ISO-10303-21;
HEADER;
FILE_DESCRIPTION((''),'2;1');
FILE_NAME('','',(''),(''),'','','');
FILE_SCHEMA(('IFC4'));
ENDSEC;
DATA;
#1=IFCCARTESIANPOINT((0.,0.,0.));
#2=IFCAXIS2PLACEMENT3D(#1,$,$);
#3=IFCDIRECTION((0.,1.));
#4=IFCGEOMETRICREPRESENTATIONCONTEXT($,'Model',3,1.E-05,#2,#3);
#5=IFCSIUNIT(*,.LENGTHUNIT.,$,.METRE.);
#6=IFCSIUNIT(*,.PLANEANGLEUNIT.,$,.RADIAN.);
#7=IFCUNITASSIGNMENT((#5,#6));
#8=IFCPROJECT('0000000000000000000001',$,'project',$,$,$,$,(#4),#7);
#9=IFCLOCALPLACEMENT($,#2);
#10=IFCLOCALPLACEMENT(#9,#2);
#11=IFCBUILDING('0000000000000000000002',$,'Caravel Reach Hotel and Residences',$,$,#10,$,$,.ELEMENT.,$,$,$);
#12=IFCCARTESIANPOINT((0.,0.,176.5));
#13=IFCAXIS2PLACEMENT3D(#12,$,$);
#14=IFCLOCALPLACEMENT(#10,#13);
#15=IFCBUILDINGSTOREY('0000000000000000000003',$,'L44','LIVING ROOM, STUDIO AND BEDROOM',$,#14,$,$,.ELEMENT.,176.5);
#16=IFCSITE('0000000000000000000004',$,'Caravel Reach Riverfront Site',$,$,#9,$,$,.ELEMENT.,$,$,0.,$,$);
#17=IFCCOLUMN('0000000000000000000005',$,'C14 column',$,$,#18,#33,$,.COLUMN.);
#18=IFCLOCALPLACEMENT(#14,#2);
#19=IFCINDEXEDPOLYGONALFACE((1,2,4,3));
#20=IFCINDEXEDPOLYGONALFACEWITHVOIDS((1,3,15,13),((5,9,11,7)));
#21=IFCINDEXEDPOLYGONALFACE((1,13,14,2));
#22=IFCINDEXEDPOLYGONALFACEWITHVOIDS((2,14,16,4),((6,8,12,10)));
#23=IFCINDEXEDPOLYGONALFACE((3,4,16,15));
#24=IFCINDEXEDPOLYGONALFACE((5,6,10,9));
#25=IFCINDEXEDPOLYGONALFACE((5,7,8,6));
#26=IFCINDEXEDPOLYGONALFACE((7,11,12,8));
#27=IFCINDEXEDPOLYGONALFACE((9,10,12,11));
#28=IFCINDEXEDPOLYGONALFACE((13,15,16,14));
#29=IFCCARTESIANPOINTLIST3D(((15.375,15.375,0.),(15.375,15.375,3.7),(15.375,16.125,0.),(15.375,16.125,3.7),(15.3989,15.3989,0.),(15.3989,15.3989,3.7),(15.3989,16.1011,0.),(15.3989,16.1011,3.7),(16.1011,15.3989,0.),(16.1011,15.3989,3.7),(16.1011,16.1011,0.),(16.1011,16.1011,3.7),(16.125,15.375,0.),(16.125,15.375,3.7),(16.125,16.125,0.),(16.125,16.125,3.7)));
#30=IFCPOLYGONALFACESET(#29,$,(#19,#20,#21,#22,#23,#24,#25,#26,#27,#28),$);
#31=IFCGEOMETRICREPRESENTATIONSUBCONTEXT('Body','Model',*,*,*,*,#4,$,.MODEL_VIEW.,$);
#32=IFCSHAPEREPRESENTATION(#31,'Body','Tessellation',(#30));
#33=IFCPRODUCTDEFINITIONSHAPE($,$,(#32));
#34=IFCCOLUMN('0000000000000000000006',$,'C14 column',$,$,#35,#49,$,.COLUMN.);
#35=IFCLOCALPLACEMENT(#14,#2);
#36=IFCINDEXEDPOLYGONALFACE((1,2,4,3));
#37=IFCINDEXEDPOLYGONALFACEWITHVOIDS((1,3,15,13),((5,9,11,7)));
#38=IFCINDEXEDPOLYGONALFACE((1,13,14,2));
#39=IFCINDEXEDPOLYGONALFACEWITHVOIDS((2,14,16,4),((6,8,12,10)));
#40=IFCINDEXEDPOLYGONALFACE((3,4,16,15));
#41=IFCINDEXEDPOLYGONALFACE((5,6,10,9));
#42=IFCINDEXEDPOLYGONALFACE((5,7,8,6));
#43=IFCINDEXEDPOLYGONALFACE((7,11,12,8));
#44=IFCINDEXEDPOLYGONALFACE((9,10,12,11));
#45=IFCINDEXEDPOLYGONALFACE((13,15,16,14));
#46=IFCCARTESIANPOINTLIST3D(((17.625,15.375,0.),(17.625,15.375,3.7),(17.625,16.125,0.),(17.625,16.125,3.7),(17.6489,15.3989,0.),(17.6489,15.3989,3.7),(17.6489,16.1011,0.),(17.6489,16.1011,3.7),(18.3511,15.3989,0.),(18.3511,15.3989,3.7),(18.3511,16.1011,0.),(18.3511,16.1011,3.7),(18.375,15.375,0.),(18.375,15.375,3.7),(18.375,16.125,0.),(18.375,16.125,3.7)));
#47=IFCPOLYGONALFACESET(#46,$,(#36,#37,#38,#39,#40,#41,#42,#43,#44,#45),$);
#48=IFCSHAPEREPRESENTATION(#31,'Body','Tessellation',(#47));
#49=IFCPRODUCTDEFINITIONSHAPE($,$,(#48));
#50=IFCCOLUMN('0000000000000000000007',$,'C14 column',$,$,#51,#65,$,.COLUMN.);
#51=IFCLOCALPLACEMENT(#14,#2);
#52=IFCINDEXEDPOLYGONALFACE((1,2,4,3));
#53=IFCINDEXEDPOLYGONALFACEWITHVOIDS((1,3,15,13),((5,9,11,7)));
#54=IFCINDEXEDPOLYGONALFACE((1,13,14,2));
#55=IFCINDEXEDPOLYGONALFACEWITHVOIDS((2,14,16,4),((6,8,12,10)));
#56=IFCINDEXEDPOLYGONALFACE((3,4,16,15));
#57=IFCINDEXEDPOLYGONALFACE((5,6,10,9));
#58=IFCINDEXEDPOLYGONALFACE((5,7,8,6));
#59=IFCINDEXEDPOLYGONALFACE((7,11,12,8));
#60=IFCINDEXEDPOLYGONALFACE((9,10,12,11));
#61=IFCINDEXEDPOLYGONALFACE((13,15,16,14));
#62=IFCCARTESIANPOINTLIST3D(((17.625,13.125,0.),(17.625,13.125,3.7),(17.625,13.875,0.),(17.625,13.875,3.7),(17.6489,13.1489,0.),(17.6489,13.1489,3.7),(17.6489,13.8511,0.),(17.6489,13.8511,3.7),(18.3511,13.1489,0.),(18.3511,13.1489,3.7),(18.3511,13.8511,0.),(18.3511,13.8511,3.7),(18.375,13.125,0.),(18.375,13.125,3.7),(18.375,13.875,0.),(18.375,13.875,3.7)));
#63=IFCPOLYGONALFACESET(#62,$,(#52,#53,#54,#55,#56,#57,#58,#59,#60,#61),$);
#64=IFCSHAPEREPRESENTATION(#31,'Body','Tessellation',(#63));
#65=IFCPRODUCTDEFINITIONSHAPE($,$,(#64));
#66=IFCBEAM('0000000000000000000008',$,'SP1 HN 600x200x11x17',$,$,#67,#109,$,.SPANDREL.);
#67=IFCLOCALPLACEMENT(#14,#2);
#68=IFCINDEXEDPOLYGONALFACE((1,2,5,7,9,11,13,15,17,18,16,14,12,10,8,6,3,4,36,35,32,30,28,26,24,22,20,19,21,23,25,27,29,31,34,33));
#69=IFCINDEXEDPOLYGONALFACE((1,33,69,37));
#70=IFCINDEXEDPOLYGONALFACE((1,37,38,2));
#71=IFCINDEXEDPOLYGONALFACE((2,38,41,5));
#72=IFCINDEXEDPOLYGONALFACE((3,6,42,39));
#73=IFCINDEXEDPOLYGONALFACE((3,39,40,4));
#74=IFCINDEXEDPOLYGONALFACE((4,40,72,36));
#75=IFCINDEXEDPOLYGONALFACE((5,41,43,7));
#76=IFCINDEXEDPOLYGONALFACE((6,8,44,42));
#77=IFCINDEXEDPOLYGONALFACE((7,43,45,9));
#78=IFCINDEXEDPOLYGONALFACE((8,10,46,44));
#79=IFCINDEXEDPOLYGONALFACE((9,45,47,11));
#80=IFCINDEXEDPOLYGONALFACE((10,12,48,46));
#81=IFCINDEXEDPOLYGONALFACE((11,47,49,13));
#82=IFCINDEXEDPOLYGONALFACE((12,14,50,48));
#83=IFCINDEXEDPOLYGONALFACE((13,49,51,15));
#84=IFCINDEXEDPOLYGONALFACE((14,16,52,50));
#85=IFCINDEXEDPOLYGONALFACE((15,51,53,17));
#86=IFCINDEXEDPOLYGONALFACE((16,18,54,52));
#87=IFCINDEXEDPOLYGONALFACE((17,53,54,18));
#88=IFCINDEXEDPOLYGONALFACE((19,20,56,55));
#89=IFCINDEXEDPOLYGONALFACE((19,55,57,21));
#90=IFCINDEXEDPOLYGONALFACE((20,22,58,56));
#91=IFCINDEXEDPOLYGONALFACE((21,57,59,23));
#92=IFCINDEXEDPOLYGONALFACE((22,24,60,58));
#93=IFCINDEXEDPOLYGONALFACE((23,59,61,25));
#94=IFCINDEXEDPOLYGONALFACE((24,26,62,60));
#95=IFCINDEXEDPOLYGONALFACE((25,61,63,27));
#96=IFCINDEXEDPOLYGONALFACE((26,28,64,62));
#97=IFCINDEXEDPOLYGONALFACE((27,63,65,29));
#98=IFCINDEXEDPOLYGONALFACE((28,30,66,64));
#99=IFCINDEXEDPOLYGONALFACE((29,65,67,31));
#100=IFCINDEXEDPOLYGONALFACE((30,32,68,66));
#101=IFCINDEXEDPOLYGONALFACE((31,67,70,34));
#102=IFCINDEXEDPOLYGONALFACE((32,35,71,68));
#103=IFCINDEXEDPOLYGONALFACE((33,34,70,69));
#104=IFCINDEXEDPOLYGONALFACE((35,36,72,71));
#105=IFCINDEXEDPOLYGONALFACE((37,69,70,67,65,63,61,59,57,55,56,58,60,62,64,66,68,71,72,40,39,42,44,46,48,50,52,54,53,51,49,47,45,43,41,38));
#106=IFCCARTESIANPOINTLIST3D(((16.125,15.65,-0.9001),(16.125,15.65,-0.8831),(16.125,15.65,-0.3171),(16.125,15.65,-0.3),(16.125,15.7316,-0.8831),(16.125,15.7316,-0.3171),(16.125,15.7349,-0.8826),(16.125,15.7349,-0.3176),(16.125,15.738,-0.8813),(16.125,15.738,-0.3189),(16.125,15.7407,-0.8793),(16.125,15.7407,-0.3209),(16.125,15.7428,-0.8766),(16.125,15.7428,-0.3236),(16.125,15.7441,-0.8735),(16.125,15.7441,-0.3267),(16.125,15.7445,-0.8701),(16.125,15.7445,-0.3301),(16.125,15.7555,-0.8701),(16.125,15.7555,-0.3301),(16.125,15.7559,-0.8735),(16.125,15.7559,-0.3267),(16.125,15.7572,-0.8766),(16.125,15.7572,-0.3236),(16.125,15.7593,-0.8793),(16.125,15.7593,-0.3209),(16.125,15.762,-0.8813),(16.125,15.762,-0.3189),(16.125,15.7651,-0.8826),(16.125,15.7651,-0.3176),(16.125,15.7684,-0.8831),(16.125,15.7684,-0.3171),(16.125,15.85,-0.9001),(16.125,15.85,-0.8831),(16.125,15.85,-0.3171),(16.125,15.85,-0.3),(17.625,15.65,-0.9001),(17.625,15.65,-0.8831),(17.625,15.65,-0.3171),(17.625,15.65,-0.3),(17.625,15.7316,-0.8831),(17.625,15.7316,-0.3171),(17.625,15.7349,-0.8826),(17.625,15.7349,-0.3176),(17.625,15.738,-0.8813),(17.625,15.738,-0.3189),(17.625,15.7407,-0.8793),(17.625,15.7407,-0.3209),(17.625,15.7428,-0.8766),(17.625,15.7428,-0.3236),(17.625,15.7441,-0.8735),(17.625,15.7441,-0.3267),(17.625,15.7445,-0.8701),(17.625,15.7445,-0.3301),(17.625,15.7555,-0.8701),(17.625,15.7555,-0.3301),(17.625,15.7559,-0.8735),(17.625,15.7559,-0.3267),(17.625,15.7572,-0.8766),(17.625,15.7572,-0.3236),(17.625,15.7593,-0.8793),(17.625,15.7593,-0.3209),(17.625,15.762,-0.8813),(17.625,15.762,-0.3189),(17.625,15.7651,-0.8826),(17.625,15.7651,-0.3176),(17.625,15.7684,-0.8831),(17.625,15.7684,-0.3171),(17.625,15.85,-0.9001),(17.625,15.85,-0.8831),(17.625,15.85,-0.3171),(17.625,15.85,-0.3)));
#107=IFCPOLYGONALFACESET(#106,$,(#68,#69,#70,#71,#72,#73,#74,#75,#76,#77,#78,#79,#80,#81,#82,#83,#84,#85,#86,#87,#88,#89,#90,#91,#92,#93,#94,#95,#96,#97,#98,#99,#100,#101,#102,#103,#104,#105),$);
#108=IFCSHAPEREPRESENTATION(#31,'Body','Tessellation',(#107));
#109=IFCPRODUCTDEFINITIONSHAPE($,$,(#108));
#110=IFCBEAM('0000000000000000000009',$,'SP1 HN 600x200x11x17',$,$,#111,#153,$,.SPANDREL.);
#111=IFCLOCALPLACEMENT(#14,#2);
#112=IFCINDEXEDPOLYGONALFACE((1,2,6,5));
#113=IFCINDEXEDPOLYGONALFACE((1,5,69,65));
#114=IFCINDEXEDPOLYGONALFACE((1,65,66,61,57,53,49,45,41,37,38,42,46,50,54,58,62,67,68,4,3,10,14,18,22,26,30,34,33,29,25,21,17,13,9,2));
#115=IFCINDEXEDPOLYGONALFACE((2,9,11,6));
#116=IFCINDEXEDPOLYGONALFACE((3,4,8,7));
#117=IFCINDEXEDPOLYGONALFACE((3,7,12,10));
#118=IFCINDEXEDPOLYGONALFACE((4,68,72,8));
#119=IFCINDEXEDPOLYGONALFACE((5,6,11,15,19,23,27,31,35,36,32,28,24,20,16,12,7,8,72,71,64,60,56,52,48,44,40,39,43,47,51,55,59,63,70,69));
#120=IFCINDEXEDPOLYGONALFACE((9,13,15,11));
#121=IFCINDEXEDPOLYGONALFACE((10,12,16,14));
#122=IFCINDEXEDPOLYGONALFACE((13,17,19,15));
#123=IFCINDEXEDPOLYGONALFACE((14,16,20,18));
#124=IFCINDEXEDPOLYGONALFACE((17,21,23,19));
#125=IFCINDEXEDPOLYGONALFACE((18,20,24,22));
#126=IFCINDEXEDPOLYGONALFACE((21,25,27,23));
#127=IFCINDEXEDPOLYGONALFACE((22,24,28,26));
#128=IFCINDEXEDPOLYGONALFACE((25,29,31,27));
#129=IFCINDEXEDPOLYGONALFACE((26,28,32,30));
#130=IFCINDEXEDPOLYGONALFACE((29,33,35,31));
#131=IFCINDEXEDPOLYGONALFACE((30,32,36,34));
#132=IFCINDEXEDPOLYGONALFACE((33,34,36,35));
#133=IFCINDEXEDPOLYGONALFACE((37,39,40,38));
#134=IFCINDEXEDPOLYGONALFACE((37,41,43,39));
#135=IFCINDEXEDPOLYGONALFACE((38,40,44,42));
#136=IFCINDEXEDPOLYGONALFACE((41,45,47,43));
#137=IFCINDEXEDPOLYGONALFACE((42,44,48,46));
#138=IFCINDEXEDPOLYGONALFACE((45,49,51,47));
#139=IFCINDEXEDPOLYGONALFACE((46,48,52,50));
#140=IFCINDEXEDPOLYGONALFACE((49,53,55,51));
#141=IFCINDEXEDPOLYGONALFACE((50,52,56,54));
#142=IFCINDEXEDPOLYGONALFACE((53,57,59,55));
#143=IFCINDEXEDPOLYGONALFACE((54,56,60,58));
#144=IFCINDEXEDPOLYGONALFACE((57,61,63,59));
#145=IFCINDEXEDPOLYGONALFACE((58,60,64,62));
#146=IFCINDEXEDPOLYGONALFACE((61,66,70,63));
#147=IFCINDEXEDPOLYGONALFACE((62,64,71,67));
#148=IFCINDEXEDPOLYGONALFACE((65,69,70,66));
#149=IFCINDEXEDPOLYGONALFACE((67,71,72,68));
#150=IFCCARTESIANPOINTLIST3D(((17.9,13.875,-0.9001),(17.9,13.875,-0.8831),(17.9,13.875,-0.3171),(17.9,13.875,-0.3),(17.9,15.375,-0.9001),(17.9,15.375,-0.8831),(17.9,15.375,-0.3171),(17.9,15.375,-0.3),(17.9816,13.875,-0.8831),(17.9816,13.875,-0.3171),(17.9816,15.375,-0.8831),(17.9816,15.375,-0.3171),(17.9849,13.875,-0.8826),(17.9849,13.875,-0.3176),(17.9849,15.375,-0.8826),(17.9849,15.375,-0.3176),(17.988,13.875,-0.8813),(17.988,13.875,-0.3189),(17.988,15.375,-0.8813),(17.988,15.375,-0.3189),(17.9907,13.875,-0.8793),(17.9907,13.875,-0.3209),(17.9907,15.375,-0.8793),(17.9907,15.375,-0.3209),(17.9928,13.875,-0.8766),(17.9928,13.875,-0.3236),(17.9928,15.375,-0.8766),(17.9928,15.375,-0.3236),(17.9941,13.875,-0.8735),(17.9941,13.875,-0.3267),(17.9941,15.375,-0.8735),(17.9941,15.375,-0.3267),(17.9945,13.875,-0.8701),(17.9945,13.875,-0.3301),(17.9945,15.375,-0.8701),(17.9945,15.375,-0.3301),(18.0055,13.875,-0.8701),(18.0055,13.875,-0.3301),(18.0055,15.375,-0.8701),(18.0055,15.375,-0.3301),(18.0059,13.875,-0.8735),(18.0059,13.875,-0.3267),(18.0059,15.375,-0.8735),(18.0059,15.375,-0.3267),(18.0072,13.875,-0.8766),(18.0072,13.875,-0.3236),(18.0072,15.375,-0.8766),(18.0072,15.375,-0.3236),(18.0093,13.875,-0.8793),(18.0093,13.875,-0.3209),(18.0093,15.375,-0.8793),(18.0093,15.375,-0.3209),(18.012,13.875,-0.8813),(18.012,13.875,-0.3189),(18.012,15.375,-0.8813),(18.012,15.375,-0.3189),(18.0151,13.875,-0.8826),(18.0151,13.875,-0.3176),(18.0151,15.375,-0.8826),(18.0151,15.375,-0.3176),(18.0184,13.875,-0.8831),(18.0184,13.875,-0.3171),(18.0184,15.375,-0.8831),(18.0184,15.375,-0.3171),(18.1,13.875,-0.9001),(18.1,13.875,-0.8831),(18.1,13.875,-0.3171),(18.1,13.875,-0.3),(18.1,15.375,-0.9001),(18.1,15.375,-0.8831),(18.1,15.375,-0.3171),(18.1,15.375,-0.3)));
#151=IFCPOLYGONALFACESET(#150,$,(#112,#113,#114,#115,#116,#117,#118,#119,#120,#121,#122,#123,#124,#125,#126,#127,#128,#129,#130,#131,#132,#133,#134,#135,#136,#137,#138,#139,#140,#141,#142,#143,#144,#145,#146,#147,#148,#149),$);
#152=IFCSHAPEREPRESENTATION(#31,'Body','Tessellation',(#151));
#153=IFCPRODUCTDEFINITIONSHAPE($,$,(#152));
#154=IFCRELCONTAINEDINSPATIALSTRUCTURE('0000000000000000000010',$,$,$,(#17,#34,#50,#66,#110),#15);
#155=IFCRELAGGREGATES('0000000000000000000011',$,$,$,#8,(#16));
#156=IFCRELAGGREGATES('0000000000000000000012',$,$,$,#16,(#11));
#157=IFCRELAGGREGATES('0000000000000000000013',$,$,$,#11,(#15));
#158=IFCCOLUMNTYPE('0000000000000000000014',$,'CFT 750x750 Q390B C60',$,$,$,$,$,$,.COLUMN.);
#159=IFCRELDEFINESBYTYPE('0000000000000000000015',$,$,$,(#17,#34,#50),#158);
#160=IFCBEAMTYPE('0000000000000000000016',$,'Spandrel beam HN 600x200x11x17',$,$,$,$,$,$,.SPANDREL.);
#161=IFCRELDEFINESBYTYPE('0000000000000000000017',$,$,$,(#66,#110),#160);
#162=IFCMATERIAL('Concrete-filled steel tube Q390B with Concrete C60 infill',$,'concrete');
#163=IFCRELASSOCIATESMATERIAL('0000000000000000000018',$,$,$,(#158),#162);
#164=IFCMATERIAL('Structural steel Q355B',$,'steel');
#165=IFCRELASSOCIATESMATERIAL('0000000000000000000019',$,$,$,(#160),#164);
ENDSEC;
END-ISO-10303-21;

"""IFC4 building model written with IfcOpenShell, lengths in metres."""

from ifc_helpers import new_model, si_unit, direction, frame, origin, origin_2d, place, context, subcontext, project, spatial, hollow_rectangle, i_section, extrude, material, material_profile, profile_set, type_object, element, save


model = new_model("IFC4")

# Units and contexts
model_context = context("Model", 3, precision=1e-05, world=origin(), true_north=direction((0.0, 1.0)))
body_context = subcontext(model_context, "Body", "Model", "MODEL_VIEW")
ifc_project = project(units=[si_unit("LENGTHUNIT", "METRE"), si_unit("PLANEANGLEUNIT", "RADIAN")], contexts=[model_context])

# Site, building, storey
site_placement = place(None, origin())
site = spatial("IfcSite", under=ifc_project, at=site_placement, Name="Caravel Reach Riverfront Site", CompositionType="ELEMENT", RefElevation=0.0)
building_placement = place(site_placement, origin())
building = spatial("IfcBuilding", under=site, at=building_placement, Name="Caravel Reach Hotel and Residences", CompositionType="ELEMENT")
storey_placement = place(building_placement, frame((0.0, 0.0, 176.5)))
storey = spatial("IfcBuildingStorey", under=building, at=storey_placement, Name="L44", Description="LIVING ROOM, STUDIO AND BEDROOM", CompositionType="ELEMENT", Elevation=176.5)

# Columns
ifc_material_1 = material(Name="Concrete-filled steel tube Q390B with Concrete C60 infill", Category="concrete")
ifc_material_profile_1 = material_profile(ifc_material_1, hollow_rectangle(XDim=0.75, YDim=0.75, WallThickness=0.0239, at=origin_2d()), Name="RHS 750x750x24")
ifc_profile_set_1 = profile_set([ifc_material_profile_1], Name="Concrete-filled steel tube Q390B with Concrete C60 infill")
column_type = type_object("IfcColumnType", Name="CFT 750x750 Q390B C60", PredefinedType="COLUMN", material=ifc_profile_set_1)
for number, where, z_axis, x_axis, name in (
    (1, (15.75, 15.75, 0.0), (0.0, 0.0, 1.0), (1.0, 0.0, 0.0), "C14 column"),
    (2, (18.0, 15.75, 0.0), (0.0, 0.0, 1.0), (1.0, 0.0, 0.0), "C14 column"),
    (3, (18.0, 13.5, 0.0), (0.0, 0.0, 1.0), (1.0, 0.0, 0.0), "C14 column"),
):
    element("IfcColumn", number, at=place(storey_placement, frame(where, z_axis=z_axis, x_axis=x_axis)), inside=storey, type_object=column_type, Name=name, PredefinedType="COLUMN", context=body_context, shape_type="SweptSolid", body=[
        extrude(hollow_rectangle(XDim=0.75, YDim=0.75, WallThickness=0.0239, at=origin_2d()), origin(), (0.0, 0.0, 1.0), 3.7),
    ])

# Beams
ifc_material_2 = material(Name="Structural steel Q355B", Category="steel")
ifc_material_profile_2 = material_profile(ifc_material_2, i_section(OverallWidth=0.2, OverallDepth=0.6001, WebThickness=0.011, FlangeThickness=0.0171, FilletRadius=0.0129, at=origin_2d()), Name="HN 600x200x11x17")
ifc_profile_set_2 = profile_set([ifc_material_profile_2], Name="Structural steel Q355B")
beam_type = type_object("IfcBeamType", Name="Spandrel beam HN 600x200x11x17", PredefinedType="SPANDREL", material=ifc_profile_set_2)
for number, where, z_axis, x_axis, name in (
    (4, (16.125, 15.75, -0.6001), (1.0, 0.0, 0.0), (0.0, 1.0, 0.0), "SP1 HN 600x200x11x17"),
    (5, (18.0, 15.375, -0.6001), (0.0, -1.0, 0.0), (1.0, 0.0, 0.0), "SP1 HN 600x200x11x17"),
):
    element("IfcBeam", number, at=place(storey_placement, frame(where, z_axis=z_axis, x_axis=x_axis)), inside=storey, type_object=beam_type, Name=name, PredefinedType="SPANDREL", context=body_context, shape_type="SweptSolid", body=[
        extrude(i_section(OverallWidth=0.2, OverallDepth=0.6001, WebThickness=0.011, FlangeThickness=0.0171, FilletRadius=0.0129, at=origin_2d()), origin(), (0.0, 0.0, 1.0), 1.5),
    ])

save(model, "model.ifc")
